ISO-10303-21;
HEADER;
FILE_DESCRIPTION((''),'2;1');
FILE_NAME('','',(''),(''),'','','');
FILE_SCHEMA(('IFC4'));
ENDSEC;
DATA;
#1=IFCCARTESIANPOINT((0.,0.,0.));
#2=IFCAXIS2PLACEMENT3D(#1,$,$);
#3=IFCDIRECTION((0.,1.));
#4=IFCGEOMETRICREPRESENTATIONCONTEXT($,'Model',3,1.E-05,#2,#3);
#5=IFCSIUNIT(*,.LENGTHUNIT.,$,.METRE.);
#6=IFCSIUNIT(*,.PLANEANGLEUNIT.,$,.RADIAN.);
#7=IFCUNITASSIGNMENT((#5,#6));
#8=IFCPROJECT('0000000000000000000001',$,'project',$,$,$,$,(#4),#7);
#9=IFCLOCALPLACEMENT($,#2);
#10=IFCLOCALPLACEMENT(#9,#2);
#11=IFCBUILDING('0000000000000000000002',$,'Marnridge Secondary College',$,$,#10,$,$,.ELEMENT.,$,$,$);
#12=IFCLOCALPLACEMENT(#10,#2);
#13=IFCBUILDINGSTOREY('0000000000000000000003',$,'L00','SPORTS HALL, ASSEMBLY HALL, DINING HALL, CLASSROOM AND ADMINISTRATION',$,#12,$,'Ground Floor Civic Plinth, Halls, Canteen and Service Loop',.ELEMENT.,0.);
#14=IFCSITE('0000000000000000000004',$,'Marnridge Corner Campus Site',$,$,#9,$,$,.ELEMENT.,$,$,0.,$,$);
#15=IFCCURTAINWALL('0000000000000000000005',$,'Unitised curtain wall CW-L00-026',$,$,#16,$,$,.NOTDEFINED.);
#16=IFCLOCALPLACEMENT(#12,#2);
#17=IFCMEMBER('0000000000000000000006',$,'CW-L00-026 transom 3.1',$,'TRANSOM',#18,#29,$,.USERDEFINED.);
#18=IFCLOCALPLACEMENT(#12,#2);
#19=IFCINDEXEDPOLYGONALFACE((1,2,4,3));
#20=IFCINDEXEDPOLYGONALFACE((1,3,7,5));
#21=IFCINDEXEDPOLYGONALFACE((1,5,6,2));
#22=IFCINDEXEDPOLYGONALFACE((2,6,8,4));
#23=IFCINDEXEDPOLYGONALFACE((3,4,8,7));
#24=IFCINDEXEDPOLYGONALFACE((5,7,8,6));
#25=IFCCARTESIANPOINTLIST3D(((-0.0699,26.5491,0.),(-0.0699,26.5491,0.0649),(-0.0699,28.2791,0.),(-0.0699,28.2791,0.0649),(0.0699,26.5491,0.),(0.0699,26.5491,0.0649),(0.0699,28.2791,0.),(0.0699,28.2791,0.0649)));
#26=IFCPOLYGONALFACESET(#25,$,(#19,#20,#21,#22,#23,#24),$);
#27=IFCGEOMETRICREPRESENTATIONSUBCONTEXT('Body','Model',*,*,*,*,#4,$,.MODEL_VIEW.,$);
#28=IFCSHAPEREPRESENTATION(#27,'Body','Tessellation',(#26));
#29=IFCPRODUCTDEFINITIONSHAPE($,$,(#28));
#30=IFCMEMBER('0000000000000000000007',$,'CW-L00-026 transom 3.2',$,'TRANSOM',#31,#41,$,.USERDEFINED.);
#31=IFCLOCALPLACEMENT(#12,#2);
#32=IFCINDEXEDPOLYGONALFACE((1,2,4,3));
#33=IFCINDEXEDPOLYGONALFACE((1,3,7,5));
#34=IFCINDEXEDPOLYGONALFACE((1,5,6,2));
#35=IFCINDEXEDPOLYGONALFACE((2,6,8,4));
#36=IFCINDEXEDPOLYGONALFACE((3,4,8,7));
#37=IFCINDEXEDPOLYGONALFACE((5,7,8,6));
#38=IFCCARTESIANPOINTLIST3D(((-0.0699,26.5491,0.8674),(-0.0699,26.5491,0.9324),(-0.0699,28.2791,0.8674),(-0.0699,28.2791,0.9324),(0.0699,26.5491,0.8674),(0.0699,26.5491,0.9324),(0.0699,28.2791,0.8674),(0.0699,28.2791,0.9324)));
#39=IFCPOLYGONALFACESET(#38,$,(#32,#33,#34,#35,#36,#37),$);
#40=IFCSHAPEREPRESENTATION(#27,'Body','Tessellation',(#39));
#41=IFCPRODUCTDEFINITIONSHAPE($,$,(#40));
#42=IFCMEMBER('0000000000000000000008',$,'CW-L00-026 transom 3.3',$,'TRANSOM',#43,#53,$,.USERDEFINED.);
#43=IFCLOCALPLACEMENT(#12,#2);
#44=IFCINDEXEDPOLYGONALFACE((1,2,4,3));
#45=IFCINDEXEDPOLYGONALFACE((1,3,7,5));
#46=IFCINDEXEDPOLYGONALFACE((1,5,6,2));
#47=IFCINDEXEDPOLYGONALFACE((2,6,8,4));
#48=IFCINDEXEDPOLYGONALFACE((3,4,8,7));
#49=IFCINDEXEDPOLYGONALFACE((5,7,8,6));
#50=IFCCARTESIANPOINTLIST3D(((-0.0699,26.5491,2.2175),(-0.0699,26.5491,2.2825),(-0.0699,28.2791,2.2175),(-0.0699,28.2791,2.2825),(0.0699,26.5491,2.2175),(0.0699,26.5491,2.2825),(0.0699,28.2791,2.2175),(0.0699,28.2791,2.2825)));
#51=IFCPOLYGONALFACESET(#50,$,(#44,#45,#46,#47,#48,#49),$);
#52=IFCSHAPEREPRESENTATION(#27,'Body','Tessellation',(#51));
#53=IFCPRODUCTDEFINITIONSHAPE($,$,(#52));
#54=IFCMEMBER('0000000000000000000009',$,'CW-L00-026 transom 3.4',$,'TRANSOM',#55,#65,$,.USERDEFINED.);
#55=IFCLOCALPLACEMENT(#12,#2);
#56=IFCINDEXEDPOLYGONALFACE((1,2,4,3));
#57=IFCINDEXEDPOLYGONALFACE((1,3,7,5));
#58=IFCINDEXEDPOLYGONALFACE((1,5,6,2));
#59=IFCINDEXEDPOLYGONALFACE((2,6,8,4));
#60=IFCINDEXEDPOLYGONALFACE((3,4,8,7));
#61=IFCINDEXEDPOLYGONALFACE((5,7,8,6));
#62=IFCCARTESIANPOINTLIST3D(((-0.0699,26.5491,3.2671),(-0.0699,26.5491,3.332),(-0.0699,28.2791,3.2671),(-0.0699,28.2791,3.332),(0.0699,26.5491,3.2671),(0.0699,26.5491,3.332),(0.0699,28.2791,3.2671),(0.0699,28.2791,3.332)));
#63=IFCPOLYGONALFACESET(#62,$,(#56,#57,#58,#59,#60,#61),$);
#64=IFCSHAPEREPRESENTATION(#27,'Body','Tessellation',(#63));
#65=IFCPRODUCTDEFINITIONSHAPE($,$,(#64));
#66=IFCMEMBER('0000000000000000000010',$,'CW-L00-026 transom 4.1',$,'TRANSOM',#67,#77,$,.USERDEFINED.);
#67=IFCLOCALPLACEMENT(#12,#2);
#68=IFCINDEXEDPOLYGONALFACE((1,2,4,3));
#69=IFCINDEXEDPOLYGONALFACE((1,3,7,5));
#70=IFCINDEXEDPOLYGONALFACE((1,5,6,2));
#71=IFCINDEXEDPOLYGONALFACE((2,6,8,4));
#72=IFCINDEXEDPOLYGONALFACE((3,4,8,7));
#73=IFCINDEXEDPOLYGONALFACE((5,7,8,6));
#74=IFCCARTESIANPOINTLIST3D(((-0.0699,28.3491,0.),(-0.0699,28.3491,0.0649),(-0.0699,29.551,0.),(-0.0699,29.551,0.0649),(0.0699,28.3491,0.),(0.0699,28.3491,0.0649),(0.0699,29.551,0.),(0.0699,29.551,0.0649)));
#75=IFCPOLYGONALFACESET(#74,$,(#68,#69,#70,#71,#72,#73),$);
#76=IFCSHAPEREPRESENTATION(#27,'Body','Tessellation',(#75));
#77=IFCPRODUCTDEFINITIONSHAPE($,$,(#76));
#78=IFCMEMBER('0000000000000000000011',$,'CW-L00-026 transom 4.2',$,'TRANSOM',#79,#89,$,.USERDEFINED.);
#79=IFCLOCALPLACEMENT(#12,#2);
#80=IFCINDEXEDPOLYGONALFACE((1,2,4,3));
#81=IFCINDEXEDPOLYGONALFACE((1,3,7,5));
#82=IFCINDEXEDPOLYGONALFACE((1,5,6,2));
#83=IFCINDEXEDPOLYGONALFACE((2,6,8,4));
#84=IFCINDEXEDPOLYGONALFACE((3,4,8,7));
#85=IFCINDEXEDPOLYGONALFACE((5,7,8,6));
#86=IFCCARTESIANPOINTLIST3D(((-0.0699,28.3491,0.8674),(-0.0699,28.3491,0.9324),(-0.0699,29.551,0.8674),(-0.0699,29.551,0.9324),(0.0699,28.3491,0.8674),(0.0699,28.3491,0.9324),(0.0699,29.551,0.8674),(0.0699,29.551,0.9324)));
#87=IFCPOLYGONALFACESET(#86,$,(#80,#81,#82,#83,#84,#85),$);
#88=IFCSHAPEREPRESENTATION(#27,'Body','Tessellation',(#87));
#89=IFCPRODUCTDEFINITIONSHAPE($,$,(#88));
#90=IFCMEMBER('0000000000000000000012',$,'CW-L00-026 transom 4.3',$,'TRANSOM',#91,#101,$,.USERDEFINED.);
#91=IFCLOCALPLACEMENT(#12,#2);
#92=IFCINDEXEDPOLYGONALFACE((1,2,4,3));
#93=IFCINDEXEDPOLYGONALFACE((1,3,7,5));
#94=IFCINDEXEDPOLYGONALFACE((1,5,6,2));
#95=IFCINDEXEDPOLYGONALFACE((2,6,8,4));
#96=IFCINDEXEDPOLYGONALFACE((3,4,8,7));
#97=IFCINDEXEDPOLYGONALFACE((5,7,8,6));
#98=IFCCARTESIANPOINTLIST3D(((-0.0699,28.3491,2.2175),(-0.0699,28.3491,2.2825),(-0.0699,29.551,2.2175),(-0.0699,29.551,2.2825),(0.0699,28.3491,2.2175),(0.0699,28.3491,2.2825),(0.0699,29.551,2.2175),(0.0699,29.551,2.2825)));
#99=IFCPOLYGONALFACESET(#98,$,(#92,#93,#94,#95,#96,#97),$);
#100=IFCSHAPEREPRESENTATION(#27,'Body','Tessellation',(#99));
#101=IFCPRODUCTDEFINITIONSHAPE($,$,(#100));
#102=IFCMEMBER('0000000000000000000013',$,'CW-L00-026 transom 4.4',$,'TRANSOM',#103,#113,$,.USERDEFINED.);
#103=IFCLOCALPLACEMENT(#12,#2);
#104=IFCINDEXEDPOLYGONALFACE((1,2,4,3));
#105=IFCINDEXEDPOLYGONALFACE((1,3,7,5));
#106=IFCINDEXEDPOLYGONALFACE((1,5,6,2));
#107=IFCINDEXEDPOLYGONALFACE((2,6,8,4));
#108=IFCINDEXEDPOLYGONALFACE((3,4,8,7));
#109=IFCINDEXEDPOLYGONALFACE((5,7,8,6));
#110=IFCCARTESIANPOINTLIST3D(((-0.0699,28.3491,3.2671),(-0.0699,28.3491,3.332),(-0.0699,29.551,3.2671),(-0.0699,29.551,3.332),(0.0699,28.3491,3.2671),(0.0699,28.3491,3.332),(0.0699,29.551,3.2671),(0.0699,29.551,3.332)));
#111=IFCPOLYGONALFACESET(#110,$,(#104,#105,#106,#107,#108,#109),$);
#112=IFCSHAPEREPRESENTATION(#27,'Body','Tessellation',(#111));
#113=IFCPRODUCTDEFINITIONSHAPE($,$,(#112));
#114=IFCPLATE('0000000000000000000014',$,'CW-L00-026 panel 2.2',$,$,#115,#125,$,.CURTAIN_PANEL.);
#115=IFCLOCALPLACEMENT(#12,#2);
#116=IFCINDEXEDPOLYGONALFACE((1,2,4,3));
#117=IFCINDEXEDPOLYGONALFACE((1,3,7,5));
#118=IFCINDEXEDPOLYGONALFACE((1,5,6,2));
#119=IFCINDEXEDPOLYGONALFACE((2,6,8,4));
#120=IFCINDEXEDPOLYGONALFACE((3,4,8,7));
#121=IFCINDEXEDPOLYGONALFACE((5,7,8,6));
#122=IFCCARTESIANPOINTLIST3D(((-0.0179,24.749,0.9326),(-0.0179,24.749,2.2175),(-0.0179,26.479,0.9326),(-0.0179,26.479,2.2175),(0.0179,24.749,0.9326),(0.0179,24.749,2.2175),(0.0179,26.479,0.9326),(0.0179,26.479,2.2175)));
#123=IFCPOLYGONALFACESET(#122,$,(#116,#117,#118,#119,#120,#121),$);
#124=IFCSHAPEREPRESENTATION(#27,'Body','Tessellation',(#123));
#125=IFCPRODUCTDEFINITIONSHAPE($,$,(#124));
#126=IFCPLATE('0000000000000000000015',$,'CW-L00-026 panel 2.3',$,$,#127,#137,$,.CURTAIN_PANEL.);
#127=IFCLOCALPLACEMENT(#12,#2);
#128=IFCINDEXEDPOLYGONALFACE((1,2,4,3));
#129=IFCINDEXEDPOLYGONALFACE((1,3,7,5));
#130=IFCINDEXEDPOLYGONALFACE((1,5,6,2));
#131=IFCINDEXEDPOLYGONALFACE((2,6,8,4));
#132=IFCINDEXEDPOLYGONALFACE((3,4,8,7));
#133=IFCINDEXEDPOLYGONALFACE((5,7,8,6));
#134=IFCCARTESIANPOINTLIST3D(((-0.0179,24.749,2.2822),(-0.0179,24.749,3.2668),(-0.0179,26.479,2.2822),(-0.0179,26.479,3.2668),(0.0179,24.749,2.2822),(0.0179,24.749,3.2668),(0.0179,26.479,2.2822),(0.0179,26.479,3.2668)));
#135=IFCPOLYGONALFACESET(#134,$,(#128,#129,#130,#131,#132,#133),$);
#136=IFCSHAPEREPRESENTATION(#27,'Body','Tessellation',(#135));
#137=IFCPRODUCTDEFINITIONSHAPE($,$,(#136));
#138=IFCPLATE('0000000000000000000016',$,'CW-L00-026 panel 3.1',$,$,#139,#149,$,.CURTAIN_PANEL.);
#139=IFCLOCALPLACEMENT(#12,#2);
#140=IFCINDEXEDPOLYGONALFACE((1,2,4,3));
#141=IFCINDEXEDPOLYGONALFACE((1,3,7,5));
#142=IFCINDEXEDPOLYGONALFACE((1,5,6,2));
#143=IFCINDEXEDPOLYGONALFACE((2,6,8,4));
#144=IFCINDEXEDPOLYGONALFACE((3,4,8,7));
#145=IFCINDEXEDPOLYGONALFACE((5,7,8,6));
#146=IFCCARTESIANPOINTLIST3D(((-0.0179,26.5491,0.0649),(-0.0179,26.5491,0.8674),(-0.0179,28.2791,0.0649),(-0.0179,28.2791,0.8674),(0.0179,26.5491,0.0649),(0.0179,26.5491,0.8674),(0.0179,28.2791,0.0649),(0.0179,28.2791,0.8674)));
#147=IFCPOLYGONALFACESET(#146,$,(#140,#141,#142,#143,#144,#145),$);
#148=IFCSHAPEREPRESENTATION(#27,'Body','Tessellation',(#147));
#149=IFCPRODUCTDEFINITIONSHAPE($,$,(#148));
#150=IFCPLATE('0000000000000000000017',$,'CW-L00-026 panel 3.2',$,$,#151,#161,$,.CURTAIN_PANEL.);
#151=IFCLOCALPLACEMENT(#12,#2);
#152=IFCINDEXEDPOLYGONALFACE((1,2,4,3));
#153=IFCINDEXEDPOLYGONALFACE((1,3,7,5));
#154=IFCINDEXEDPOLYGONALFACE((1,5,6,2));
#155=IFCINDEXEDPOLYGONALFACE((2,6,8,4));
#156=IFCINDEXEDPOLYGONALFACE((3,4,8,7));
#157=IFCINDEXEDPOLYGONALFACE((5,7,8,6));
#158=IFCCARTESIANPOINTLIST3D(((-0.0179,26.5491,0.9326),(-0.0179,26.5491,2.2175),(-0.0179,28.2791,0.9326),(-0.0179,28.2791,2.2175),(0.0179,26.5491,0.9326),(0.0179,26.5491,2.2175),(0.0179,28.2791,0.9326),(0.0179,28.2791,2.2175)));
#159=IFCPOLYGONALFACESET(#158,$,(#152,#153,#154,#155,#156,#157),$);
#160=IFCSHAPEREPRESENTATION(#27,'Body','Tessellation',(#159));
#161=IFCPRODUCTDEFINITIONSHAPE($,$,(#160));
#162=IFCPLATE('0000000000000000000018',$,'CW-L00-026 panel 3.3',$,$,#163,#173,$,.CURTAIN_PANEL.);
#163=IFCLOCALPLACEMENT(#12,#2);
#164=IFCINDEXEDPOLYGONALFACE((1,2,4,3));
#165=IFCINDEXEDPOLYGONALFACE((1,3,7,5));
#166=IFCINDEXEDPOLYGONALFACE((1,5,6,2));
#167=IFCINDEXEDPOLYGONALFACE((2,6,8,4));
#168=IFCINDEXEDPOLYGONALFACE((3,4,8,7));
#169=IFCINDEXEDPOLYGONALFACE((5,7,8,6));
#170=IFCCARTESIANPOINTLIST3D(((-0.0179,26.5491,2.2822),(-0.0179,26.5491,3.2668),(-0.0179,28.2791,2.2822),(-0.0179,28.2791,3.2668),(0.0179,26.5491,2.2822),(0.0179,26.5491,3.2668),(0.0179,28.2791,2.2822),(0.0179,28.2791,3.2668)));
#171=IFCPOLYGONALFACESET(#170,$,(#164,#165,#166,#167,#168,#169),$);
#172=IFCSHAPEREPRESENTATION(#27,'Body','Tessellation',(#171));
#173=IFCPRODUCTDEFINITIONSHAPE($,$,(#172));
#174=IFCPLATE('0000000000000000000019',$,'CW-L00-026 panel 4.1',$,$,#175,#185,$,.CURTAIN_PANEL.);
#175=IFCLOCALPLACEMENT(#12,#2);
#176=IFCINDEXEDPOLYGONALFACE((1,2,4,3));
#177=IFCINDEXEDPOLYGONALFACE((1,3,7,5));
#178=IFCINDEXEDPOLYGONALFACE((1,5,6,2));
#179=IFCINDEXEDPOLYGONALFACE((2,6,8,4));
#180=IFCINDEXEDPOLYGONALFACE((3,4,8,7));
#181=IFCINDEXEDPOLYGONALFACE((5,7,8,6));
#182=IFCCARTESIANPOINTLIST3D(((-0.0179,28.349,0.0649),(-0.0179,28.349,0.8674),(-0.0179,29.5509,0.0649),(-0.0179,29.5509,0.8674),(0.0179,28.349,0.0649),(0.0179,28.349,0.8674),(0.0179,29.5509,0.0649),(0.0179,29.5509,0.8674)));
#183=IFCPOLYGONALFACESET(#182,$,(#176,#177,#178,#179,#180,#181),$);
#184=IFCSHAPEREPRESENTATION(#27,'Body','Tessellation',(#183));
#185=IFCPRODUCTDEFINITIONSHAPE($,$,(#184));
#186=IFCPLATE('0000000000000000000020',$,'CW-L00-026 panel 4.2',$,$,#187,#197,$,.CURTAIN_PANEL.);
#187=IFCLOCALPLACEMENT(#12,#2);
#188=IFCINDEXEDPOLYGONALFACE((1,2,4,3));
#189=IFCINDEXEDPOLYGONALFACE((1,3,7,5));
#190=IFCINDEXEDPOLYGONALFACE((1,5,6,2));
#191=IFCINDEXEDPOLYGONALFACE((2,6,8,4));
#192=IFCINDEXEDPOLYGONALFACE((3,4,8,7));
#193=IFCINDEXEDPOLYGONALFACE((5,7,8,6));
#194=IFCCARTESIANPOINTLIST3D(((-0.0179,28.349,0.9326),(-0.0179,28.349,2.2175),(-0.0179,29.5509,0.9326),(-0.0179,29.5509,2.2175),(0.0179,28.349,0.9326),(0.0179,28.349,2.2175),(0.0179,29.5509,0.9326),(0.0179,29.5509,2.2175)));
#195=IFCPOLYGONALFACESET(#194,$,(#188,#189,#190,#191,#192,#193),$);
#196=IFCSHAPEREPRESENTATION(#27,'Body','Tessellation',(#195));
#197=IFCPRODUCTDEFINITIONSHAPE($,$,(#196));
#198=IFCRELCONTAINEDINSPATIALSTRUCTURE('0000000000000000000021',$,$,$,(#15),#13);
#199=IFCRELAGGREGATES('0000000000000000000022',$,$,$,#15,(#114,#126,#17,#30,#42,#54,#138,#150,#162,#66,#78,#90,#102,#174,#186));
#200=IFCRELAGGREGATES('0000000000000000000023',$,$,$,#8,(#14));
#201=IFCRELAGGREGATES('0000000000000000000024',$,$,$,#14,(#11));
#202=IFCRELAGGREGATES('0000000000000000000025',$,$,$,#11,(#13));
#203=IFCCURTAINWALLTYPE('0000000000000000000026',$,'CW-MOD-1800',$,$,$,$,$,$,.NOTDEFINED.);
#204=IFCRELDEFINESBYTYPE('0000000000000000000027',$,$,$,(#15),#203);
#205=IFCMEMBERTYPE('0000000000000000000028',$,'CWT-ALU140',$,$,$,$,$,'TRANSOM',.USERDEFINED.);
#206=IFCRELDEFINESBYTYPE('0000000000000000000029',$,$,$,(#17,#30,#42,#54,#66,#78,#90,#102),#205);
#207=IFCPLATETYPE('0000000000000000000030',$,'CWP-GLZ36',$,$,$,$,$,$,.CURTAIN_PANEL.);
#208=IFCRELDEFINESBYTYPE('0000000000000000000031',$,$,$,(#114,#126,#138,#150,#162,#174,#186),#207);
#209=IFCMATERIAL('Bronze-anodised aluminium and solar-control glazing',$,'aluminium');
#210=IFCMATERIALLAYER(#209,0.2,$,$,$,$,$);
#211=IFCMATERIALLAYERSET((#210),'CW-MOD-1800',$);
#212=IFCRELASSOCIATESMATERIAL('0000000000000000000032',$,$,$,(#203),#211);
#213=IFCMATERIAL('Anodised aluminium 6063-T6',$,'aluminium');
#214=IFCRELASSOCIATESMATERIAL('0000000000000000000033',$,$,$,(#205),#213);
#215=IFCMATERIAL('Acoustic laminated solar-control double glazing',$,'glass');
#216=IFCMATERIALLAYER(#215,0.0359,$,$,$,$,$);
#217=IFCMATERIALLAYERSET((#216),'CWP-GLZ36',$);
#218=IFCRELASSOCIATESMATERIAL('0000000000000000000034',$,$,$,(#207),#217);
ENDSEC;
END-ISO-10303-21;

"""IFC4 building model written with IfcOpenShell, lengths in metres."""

from ifc_helpers import new_model, si_unit, direction, frame, origin, origin_2d, place, context, subcontext, project, spatial, rectangle, extrude, material, layer, layer_set, material_profile, profile_set, type_object, element, aggregate, save


model = new_model("IFC4")

# Units and contexts
model_context = context("Model", 3, precision=1e-05, world=origin(), true_north=direction((0.0, 1.0)))
body_context = subcontext(model_context, "Body", "Model", "MODEL_VIEW")
ifc_project = project(units=[si_unit("LENGTHUNIT", "METRE"), si_unit("PLANEANGLEUNIT", "RADIAN")], contexts=[model_context])

# Site, building, storey
site_placement = place(None, origin())
site = spatial("IfcSite", under=ifc_project, at=site_placement, Name="Marnridge Corner Campus Site", CompositionType="ELEMENT", RefElevation=0.0)
building_placement = place(site_placement, origin())
building = spatial("IfcBuilding", under=site, at=building_placement, Name="Marnridge Secondary College", CompositionType="ELEMENT")
storey_placement = place(building_placement, origin())
storey = spatial("IfcBuildingStorey", under=building, at=storey_placement, Name="L00", Description="SPORTS HALL, ASSEMBLY HALL, DINING HALL, CLASSROOM AND ADMINISTRATION", LongName="Ground Floor Civic Plinth, Halls, Canteen and Service Loop", CompositionType="ELEMENT", Elevation=0.0)

# Curtain wall, members, plates
ifc_material_1 = material(Name="Bronze-anodised aluminium and solar-control glazing", Category="aluminium")
ifc_layer_1 = layer(ifc_material_1, 0.2)
ifc_layer_set_1 = layer_set([ifc_layer_1], Name="CW-MOD-1800")
curtain_wall_type = type_object("IfcCurtainWallType", Name="CW-MOD-1800", PredefinedType="NOTDEFINED", material=ifc_layer_set_1)
curtain_wall_placement = place(storey_placement, origin())
curtain_wall = element("IfcCurtainWall", 1, at=curtain_wall_placement, inside=storey, type_object=curtain_wall_type, Name="Unitised curtain wall CW-L00-026", PredefinedType="NOTDEFINED")
ifc_material_2 = material(Name="Anodised aluminium 6063-T6", Category="aluminium")
ifc_material_profile_1 = material_profile(ifc_material_2, rectangle(XDim=0.0649, YDim=0.1399, at=origin_2d()), Name="ALU 65x140")
ifc_profile_set_1 = profile_set([ifc_material_profile_1], Name="Anodised aluminium 6063-T6")
member_type_1 = type_object("IfcMemberType", Name="CWT-ALU140", ElementType="TRANSOM", PredefinedType="USERDEFINED", material=ifc_profile_set_1)
member_1_placement = place(storey_placement, frame((0.0, 26.5491, 0.0325), z_axis=(0.0, 1.0, 0.0), x_axis=(0.0, 0.0, 1.0)))
member_1 = element("IfcMember", 2, at=member_1_placement, type_object=member_type_1, Name="CW-L00-026 transom 3.1", ObjectType="TRANSOM", PredefinedType="USERDEFINED", context=body_context, shape_type="SweptSolid", body=[
    extrude(rectangle(XDim=0.0649, YDim=0.1399, at=origin_2d()), origin(), (0.0, 0.0, 1.0), 1.73),
])
member_2_placement = place(storey_placement, frame((0.0, 26.5491, 0.8999), z_axis=(0.0, 1.0, 0.0), x_axis=(0.0, 0.0, 1.0)))
member_2 = element("IfcMember", 3, at=member_2_placement, type_object=member_type_1, Name="CW-L00-026 transom 3.2", ObjectType="TRANSOM", PredefinedType="USERDEFINED", context=body_context, shape_type="SweptSolid", body=[
    extrude(rectangle(XDim=0.0649, YDim=0.1399, at=origin_2d()), origin(), (0.0, 0.0, 1.0), 1.73),
])
member_3_placement = place(storey_placement, frame((0.0, 26.5491, 2.25), z_axis=(0.0, 1.0, 0.0), x_axis=(0.0, 0.0, 1.0)))
member_3 = element("IfcMember", 4, at=member_3_placement, type_object=member_type_1, Name="CW-L00-026 transom 3.3", ObjectType="TRANSOM", PredefinedType="USERDEFINED", context=body_context, shape_type="SweptSolid", body=[
    extrude(rectangle(XDim=0.0649, YDim=0.1399, at=origin_2d()), origin(), (0.0, 0.0, 1.0), 1.73),
])
member_4_placement = place(storey_placement, frame((0.0, 26.5491, 3.2996), z_axis=(0.0, 1.0, 0.0), x_axis=(0.0, 0.0, 1.0)))
member_4 = element("IfcMember", 5, at=member_4_placement, type_object=member_type_1, Name="CW-L00-026 transom 3.4", ObjectType="TRANSOM", PredefinedType="USERDEFINED", context=body_context, shape_type="SweptSolid", body=[
    extrude(rectangle(XDim=0.0649, YDim=0.1399, at=origin_2d()), origin(), (0.0, 0.0, 1.0), 1.73),
])
member_5_placement = place(storey_placement, frame((0.0, 28.3491, 0.0325), z_axis=(0.0, 1.0, 0.0), x_axis=(0.0, 0.0, 1.0)))
member_5 = element("IfcMember", 6, at=member_5_placement, type_object=member_type_1, Name="CW-L00-026 transom 4.1", ObjectType="TRANSOM", PredefinedType="USERDEFINED", context=body_context, shape_type="SweptSolid", body=[
    extrude(rectangle(XDim=0.0649, YDim=0.1399, at=origin_2d()), origin(), (0.0, 0.0, 1.0), 1.2019),
])
member_6_placement = place(storey_placement, frame((0.0, 28.3491, 0.8999), z_axis=(0.0, 1.0, 0.0), x_axis=(0.0, 0.0, 1.0)))
member_6 = element("IfcMember", 7, at=member_6_placement, type_object=member_type_1, Name="CW-L00-026 transom 4.2", ObjectType="TRANSOM", PredefinedType="USERDEFINED", context=body_context, shape_type="SweptSolid", body=[
    extrude(rectangle(XDim=0.0649, YDim=0.1399, at=origin_2d()), origin(), (0.0, 0.0, 1.0), 1.2019),
])
member_7_placement = place(storey_placement, frame((0.0, 28.3491, 2.25), z_axis=(0.0, 1.0, 0.0), x_axis=(0.0, 0.0, 1.0)))
member_7 = element("IfcMember", 8, at=member_7_placement, type_object=member_type_1, Name="CW-L00-026 transom 4.3", ObjectType="TRANSOM", PredefinedType="USERDEFINED", context=body_context, shape_type="SweptSolid", body=[
    extrude(rectangle(XDim=0.0649, YDim=0.1399, at=origin_2d()), origin(), (0.0, 0.0, 1.0), 1.2019),
])
member_8_placement = place(storey_placement, frame((0.0, 28.3491, 3.2996), z_axis=(0.0, 1.0, 0.0), x_axis=(0.0, 0.0, 1.0)))
member_8 = element("IfcMember", 9, at=member_8_placement, type_object=member_type_1, Name="CW-L00-026 transom 4.4", ObjectType="TRANSOM", PredefinedType="USERDEFINED", context=body_context, shape_type="SweptSolid", body=[
    extrude(rectangle(XDim=0.0649, YDim=0.1399, at=origin_2d()), origin(), (0.0, 0.0, 1.0), 1.2019),
])
ifc_material_3 = material(Name="Acoustic laminated solar-control double glazing", Category="glass")
ifc_layer_2 = layer(ifc_material_3, 0.0359)
ifc_layer_set_2 = layer_set([ifc_layer_2], Name="CWP-GLZ36")
plate_type = type_object("IfcPlateType", Name="CWP-GLZ36", PredefinedType="CURTAIN_PANEL", material=ifc_layer_set_2)
plate_1_placement = place(storey_placement, frame((0.0, 25.614, 0.9326), z_axis=(0.0, 0.0, 1.0), x_axis=(0.0, 1.0, 0.0)))
plate_1 = element("IfcPlate", 10, at=plate_1_placement, type_object=plate_type, Name="CW-L00-026 panel 2.2", PredefinedType="CURTAIN_PANEL", context=body_context, shape_type="SweptSolid", body=[
    extrude(rectangle(XDim=1.73, YDim=0.0359, at=origin_2d()), origin(), (0.0, 0.0, 1.0), 1.2849),
])
plate_2_placement = place(storey_placement, frame((0.0, 25.614, 2.2822), z_axis=(0.0, 0.0, 1.0), x_axis=(0.0, 1.0, 0.0)))
plate_2 = element("IfcPlate", 11, at=plate_2_placement, type_object=plate_type, Name="CW-L00-026 panel 2.3", PredefinedType="CURTAIN_PANEL", context=body_context, shape_type="SweptSolid", body=[
    extrude(rectangle(XDim=1.73, YDim=0.0359, at=origin_2d()), origin(), (0.0, 0.0, 1.0), 0.9846),
])
plate_3_placement = place(storey_placement, frame((0.0, 27.4141, 0.0649), z_axis=(0.0, 0.0, 1.0), x_axis=(0.0, 1.0, 0.0)))
plate_3 = element("IfcPlate", 12, at=plate_3_placement, type_object=plate_type, Name="CW-L00-026 panel 3.1", PredefinedType="CURTAIN_PANEL", context=body_context, shape_type="SweptSolid", body=[
    extrude(rectangle(XDim=1.73, YDim=0.0359, at=origin_2d()), origin(), (0.0, 0.0, 1.0), 0.8025),
])
plate_4_placement = place(storey_placement, frame((0.0, 27.4141, 0.9326), z_axis=(0.0, 0.0, 1.0), x_axis=(0.0, 1.0, 0.0)))
plate_4 = element("IfcPlate", 13, at=plate_4_placement, type_object=plate_type, Name="CW-L00-026 panel 3.2", PredefinedType="CURTAIN_PANEL", context=body_context, shape_type="SweptSolid", body=[
    extrude(rectangle(XDim=1.73, YDim=0.0359, at=origin_2d()), origin(), (0.0, 0.0, 1.0), 1.2849),
])
plate_5_placement = place(storey_placement, frame((0.0, 27.4141, 2.2822), z_axis=(0.0, 0.0, 1.0), x_axis=(0.0, 1.0, 0.0)))
plate_5 = element("IfcPlate", 14, at=plate_5_placement, type_object=plate_type, Name="CW-L00-026 panel 3.3", PredefinedType="CURTAIN_PANEL", context=body_context, shape_type="SweptSolid", body=[
    extrude(rectangle(XDim=1.73, YDim=0.0359, at=origin_2d()), origin(), (0.0, 0.0, 1.0), 0.9846),
])
plate_6_placement = place(storey_placement, frame((0.0, 28.95, 0.0649), z_axis=(0.0, 0.0, 1.0), x_axis=(0.0, 1.0, 0.0)))
plate_6 = element("IfcPlate", 15, at=plate_6_placement, type_object=plate_type, Name="CW-L00-026 panel 4.1", PredefinedType="CURTAIN_PANEL", context=body_context, shape_type="SweptSolid", body=[
    extrude(rectangle(XDim=1.2019, YDim=0.0359, at=origin_2d()), origin(), (0.0, 0.0, 1.0), 0.8025),
])
plate_7_placement = place(storey_placement, frame((0.0, 28.95, 0.9326), z_axis=(0.0, 0.0, 1.0), x_axis=(0.0, 1.0, 0.0)))
plate_7 = element("IfcPlate", 16, at=plate_7_placement, type_object=plate_type, Name="CW-L00-026 panel 4.2", PredefinedType="CURTAIN_PANEL", context=body_context, shape_type="SweptSolid", body=[
    extrude(rectangle(XDim=1.2019, YDim=0.0359, at=origin_2d()), origin(), (0.0, 0.0, 1.0), 1.2849),
])
aggregate(curtain_wall, [plate_1, plate_2, member_1, member_2, member_3, member_4, plate_3, plate_4, plate_5, member_5, member_6, member_7, member_8, plate_6, plate_7])

save(model, "model.ifc")
